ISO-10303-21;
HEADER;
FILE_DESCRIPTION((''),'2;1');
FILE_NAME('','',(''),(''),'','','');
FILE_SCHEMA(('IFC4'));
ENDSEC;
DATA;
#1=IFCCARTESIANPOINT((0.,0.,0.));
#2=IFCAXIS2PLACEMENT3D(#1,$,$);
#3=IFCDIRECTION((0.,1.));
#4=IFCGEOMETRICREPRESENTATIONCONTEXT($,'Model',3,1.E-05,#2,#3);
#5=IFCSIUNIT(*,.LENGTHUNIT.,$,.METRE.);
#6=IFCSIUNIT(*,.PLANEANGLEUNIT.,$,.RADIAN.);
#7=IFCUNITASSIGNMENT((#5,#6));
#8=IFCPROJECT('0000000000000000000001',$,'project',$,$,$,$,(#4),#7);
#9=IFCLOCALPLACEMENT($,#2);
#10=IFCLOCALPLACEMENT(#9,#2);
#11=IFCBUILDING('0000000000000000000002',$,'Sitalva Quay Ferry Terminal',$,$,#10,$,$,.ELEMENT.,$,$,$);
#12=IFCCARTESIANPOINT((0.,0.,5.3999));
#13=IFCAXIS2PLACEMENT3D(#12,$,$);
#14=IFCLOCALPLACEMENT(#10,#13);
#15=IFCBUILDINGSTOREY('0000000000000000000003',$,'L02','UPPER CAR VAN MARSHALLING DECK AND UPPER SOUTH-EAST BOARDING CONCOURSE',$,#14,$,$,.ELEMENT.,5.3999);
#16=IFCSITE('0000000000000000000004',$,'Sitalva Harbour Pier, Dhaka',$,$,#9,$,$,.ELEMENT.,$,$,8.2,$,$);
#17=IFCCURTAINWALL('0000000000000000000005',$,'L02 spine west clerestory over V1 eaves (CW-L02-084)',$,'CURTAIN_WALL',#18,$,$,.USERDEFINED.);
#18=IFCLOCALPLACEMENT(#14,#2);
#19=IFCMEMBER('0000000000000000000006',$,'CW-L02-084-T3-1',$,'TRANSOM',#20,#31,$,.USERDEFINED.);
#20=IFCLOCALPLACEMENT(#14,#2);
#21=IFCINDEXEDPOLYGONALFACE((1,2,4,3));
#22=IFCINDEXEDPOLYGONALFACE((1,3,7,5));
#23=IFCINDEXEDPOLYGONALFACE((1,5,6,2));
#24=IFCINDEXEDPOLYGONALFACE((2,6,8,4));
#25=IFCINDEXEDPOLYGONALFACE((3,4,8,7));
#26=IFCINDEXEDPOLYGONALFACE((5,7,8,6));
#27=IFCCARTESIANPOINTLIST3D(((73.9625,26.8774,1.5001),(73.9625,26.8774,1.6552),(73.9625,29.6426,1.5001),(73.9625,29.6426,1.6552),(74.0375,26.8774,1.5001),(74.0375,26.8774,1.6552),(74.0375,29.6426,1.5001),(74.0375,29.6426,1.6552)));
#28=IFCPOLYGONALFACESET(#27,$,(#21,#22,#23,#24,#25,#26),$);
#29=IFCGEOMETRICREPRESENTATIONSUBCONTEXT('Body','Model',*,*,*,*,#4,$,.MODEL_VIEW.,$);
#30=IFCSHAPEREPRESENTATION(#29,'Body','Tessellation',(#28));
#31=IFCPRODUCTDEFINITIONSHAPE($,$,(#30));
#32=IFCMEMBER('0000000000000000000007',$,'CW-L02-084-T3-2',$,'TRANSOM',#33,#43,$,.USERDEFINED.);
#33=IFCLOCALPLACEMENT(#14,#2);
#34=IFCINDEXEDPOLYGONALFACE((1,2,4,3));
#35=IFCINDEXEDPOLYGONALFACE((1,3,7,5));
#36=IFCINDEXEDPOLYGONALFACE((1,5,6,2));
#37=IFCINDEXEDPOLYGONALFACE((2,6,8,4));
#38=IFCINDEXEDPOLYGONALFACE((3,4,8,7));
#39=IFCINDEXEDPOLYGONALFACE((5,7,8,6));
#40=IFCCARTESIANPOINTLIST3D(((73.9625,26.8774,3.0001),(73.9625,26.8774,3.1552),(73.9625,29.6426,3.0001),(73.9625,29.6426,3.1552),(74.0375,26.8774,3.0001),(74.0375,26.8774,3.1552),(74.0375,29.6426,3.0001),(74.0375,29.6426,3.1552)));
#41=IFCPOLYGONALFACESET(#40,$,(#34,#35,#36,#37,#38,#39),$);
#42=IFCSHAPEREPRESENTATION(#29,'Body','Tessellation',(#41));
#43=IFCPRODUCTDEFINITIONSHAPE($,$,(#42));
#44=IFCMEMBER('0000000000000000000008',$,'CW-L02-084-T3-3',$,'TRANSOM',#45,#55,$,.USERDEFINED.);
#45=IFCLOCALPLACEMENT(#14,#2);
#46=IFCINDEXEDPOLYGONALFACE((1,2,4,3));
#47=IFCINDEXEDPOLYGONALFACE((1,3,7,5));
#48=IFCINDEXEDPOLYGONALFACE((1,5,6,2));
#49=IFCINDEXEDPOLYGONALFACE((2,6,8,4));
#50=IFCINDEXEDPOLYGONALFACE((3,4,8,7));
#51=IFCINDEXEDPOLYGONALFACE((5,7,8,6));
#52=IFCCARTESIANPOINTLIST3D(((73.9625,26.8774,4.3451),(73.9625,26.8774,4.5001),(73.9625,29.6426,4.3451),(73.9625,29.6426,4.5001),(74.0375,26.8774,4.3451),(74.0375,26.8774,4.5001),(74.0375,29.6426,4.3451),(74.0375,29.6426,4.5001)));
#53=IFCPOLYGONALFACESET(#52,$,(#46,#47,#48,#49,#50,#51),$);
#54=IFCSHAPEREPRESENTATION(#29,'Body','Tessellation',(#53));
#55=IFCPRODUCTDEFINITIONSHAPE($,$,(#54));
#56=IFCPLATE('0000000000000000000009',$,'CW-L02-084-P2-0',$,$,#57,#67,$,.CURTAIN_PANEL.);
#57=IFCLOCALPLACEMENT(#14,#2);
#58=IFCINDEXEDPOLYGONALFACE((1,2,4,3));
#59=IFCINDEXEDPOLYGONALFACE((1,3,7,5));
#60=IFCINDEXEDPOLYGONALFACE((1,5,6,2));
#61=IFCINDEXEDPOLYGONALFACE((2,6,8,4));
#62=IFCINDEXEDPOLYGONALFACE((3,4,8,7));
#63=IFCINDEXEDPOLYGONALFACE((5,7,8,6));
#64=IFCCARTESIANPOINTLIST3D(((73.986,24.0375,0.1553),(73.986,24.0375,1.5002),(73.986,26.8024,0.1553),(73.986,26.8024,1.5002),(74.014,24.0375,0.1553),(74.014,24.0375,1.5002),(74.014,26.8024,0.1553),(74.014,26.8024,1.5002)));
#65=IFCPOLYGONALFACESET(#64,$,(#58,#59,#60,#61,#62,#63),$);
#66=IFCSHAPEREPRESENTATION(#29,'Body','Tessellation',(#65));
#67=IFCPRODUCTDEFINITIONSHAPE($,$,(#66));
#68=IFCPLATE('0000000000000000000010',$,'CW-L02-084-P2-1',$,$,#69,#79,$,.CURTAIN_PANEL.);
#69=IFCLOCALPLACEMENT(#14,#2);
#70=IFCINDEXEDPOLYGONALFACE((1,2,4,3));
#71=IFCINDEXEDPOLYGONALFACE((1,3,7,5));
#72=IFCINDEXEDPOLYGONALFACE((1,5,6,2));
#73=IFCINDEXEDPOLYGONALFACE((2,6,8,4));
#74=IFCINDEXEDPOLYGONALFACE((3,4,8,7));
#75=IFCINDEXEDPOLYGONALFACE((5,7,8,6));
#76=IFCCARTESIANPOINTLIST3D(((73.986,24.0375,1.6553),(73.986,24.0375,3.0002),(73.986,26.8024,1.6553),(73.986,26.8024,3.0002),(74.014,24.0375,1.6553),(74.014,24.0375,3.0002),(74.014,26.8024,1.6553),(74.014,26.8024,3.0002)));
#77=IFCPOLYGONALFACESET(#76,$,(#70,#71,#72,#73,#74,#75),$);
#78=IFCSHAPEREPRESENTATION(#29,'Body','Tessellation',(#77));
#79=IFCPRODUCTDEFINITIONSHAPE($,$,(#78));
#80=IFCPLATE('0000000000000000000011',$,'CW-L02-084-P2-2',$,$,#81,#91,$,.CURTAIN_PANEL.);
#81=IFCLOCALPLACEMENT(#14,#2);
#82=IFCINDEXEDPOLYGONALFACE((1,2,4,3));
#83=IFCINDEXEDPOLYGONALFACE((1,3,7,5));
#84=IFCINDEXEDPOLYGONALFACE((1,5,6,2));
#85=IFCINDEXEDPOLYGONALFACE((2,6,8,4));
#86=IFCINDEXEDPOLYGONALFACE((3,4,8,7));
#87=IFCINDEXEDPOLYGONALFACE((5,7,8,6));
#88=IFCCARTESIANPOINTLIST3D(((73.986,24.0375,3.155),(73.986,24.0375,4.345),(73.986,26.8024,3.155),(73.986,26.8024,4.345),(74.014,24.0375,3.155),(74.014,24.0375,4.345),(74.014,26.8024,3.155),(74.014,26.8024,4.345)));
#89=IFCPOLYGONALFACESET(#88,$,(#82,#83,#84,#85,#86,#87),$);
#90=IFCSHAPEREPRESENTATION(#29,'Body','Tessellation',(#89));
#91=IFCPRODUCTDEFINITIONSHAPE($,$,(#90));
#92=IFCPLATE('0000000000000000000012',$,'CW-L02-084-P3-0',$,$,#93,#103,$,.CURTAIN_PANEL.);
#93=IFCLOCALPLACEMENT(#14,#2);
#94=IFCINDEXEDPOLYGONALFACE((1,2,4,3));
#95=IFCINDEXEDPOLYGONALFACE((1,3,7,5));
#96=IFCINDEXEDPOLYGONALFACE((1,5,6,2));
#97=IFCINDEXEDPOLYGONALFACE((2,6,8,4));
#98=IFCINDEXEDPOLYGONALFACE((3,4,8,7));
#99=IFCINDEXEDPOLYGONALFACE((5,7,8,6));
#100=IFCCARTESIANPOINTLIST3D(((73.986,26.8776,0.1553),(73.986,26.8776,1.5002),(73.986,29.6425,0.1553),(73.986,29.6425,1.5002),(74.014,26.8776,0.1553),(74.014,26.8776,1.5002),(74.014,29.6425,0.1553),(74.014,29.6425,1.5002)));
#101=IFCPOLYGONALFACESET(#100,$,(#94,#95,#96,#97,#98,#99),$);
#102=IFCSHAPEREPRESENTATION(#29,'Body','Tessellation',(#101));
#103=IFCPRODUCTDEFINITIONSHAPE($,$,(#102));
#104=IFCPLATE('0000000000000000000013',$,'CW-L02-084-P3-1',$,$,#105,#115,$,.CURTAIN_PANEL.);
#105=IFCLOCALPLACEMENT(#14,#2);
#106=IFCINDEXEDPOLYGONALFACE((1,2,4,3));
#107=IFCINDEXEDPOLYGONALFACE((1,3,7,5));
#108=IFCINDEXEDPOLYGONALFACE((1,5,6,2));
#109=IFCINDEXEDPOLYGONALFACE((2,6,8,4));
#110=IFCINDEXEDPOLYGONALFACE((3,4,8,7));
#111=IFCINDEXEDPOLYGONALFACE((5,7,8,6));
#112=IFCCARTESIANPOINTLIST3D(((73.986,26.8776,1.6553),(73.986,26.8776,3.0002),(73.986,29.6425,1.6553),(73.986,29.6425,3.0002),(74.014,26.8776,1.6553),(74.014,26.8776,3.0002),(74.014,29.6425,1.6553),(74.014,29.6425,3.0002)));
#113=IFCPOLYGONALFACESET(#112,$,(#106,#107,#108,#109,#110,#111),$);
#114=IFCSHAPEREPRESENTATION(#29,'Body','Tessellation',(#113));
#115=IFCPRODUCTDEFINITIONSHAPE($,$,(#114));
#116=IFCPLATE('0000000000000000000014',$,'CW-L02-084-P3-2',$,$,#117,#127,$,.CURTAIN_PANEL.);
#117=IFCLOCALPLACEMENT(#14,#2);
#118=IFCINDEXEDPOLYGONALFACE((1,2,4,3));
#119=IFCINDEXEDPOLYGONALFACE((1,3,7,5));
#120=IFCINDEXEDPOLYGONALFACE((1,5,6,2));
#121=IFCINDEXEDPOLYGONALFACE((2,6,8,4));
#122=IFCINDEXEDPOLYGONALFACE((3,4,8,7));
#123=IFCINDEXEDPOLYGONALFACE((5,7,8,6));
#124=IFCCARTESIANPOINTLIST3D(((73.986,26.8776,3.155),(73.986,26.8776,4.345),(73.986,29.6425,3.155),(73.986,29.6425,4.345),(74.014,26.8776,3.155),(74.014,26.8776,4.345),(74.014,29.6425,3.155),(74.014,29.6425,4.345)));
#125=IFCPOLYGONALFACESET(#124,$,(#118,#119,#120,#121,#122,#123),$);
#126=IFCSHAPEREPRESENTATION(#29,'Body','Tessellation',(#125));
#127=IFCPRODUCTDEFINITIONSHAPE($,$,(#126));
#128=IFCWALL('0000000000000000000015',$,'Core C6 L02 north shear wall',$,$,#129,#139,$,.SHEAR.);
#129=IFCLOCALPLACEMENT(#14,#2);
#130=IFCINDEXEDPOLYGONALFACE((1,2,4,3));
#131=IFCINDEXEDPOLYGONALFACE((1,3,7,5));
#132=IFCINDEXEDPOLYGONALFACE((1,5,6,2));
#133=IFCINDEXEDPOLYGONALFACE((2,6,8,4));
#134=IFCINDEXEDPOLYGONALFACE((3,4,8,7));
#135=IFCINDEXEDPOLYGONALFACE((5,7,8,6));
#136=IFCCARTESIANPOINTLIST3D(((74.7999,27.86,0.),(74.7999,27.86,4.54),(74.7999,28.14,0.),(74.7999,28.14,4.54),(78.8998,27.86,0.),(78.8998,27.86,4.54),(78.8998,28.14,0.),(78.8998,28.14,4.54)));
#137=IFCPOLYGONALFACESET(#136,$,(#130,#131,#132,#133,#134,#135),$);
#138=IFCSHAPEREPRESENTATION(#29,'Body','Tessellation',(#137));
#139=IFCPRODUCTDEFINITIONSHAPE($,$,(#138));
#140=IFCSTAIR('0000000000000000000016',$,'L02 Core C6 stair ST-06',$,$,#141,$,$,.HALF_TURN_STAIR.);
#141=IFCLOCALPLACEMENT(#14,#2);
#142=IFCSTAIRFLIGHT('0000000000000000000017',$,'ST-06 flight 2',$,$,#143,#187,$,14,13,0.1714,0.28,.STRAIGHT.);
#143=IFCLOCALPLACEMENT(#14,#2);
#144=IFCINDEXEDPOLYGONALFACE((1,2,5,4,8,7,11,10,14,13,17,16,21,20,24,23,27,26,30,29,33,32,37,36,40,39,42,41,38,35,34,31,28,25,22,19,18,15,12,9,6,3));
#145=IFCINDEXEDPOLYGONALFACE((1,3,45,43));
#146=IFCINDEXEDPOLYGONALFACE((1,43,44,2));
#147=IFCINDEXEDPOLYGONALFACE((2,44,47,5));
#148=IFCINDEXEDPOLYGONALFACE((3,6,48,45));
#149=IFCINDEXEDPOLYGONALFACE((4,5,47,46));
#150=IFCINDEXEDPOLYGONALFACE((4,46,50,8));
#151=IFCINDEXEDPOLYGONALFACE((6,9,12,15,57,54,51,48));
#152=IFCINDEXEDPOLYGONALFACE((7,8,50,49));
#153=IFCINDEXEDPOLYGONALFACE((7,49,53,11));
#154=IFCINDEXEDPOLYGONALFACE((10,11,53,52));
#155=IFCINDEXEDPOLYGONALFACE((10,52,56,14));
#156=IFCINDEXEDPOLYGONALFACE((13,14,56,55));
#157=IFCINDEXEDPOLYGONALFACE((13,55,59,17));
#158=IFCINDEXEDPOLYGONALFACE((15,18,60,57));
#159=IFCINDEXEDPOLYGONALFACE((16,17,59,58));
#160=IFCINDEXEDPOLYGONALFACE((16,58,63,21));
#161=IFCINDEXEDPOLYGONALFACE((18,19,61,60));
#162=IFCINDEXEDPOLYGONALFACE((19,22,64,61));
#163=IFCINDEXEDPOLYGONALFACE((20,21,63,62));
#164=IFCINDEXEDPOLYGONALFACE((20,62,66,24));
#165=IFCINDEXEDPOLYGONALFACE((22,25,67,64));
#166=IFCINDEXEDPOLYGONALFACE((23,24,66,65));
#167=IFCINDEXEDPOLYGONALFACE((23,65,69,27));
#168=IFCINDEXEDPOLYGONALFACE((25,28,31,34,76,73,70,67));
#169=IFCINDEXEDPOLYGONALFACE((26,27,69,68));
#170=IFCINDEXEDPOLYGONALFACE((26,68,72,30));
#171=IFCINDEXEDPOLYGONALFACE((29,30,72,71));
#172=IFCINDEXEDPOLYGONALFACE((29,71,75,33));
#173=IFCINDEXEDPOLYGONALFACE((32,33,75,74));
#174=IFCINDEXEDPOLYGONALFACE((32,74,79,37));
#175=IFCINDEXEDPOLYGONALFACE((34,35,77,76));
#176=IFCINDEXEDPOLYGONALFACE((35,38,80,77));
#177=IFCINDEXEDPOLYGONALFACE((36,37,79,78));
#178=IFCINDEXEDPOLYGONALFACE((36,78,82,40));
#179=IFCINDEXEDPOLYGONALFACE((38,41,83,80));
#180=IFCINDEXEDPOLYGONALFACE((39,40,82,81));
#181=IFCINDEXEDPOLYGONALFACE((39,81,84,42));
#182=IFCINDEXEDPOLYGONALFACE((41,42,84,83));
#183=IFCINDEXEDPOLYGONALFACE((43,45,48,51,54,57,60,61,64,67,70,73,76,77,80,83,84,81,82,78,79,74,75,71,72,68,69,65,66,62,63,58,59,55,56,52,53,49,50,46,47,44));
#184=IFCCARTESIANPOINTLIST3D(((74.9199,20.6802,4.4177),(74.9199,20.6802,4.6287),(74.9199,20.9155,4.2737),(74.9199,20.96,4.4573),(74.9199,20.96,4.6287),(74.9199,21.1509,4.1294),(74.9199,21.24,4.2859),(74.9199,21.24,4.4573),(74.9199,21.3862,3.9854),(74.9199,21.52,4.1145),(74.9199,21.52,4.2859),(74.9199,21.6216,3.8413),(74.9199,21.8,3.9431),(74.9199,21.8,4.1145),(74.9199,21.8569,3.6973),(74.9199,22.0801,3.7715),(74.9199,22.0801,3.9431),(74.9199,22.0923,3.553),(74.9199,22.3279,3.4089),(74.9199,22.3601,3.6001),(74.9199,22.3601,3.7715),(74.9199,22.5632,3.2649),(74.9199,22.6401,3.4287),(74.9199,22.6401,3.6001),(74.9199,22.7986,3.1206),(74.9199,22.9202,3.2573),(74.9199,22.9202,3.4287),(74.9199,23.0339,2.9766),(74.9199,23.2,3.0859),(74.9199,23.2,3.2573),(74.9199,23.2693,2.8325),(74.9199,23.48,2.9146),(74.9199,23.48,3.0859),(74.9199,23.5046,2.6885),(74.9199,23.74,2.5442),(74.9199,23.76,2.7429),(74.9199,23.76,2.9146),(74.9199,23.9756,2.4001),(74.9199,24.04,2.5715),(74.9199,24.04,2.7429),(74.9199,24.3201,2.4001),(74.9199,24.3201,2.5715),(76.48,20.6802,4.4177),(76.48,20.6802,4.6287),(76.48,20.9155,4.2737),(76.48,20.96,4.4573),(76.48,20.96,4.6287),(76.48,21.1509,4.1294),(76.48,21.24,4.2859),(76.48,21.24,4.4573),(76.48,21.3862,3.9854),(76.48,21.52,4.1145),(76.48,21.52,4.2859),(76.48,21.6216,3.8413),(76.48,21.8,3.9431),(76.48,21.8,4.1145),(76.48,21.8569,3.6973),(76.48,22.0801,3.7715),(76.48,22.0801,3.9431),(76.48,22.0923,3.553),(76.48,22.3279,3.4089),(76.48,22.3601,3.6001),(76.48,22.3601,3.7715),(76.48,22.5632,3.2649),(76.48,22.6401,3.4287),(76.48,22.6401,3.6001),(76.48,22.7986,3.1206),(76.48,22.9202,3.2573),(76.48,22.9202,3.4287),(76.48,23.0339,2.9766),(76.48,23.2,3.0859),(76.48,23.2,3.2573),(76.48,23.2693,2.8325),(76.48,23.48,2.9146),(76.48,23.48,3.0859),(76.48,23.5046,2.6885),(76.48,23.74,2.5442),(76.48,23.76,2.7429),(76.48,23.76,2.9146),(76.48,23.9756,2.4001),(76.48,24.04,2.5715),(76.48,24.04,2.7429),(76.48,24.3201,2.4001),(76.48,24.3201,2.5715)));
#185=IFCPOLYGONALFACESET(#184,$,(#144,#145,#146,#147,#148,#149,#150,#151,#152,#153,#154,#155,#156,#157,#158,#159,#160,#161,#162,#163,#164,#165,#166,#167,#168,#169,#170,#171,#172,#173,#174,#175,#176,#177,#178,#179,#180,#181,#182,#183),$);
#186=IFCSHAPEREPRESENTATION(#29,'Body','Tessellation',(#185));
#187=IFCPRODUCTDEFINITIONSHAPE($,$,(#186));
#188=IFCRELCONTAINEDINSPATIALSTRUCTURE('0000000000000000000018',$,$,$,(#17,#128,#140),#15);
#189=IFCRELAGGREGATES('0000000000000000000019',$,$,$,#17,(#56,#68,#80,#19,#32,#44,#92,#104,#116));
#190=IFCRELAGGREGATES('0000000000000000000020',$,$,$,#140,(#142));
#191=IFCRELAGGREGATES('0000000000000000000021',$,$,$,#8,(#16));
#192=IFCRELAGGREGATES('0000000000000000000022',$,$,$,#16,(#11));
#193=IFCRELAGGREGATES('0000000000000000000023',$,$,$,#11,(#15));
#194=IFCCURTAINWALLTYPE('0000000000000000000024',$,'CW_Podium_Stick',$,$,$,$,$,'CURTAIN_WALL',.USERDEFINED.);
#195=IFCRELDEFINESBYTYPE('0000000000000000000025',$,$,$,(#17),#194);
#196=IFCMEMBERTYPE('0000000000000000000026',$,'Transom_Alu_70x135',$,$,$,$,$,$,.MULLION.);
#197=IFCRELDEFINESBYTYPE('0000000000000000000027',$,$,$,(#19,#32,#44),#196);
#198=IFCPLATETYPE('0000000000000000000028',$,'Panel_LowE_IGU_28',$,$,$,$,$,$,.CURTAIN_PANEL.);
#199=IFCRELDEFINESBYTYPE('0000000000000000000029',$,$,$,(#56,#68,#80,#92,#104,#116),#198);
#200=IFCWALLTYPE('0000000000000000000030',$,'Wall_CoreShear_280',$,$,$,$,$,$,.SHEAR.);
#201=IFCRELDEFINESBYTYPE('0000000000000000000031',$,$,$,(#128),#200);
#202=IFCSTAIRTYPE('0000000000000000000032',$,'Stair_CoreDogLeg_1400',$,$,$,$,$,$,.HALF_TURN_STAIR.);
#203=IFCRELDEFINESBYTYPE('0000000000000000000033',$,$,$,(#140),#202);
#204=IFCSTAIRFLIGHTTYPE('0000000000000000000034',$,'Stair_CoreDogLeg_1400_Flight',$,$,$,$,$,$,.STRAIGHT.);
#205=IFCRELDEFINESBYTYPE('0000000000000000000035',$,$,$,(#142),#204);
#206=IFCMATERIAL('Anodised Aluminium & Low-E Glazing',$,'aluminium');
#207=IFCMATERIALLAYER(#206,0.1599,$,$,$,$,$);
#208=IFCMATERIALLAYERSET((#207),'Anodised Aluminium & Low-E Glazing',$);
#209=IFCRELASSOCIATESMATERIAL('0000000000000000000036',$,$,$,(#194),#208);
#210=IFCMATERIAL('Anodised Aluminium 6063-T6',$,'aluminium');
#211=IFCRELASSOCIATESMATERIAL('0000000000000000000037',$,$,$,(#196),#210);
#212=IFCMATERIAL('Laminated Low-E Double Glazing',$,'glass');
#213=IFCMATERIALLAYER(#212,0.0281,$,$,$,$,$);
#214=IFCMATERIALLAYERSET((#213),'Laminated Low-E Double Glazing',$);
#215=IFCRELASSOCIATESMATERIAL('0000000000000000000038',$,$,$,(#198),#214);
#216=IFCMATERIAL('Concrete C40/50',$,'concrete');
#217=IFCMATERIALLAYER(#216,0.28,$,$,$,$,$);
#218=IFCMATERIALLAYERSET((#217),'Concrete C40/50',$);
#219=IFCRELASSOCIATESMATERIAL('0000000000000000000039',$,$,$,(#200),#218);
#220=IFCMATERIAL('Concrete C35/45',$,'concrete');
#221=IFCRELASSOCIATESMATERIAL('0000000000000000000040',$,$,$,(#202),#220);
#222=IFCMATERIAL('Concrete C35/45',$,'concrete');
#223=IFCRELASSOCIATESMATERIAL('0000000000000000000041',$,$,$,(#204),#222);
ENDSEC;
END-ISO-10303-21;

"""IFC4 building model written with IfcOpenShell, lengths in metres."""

from ifc_helpers import new_model, si_unit, direction, frame, frame_2d, origin, origin_2d, place, context, subcontext, project, spatial, polyline, rectangle, outline, extrude, material, layer, layer_set, material_profile, profile_set, type_object, element, aggregate, save


model = new_model("IFC4")

# Units and contexts
model_context = context("Model", 3, precision=1e-05, world=origin(), true_north=direction((0.0, 1.0)))
body_context = subcontext(model_context, "Body", "Model", "MODEL_VIEW")
ifc_project = project(units=[si_unit("LENGTHUNIT", "METRE"), si_unit("PLANEANGLEUNIT", "RADIAN")], contexts=[model_context])

# Site, building, storey
site_placement = place(None, origin())
site = spatial("IfcSite", under=ifc_project, at=site_placement, Name="Sitalva Harbour Pier, Dhaka", CompositionType="ELEMENT", RefElevation=8.2)
building_placement = place(site_placement, origin())
building = spatial("IfcBuilding", under=site, at=building_placement, Name="Sitalva Quay Ferry Terminal", CompositionType="ELEMENT")
storey_placement = place(building_placement, frame((0.0, 0.0, 5.3999)))
storey = spatial("IfcBuildingStorey", under=building, at=storey_placement, Name="L02", Description="UPPER CAR VAN MARSHALLING DECK AND UPPER SOUTH-EAST BOARDING CONCOURSE", CompositionType="ELEMENT", Elevation=5.3999)

# Shared definitions
ifc_material_1 = material(Name="Anodised Aluminium & Low-E Glazing", Category="aluminium")
ifc_layer_1 = layer(ifc_material_1, 0.1599)
ifc_layer_set_1 = layer_set([ifc_layer_1], Name="Anodised Aluminium & Low-E Glazing")
curtain_wall_type = type_object("IfcCurtainWallType", Name="CW_Podium_Stick", ElementType="CURTAIN_WALL", PredefinedType="USERDEFINED", material=ifc_layer_set_1)

# Curtain wall
curtain_wall_1_placement = place(storey_placement, origin())
curtain_wall_1 = element("IfcCurtainWall", 1, at=curtain_wall_1_placement, inside=storey, type_object=curtain_wall_type, Name="L02 spine west clerestory over V1 eaves (CW-L02-084)", ObjectType="CURTAIN_WALL", PredefinedType="USERDEFINED")

# Members
ifc_material_2 = material(Name="Anodised Aluminium 6063-T6", Category="aluminium")
ifc_material_profile_1 = material_profile(ifc_material_2, rectangle(XDim=0.075, YDim=0.155, at=origin_2d()), Name="ALU75x155")
ifc_profile_set_1 = profile_set([ifc_material_profile_1], Name="Anodised Aluminium 6063-T6")
member_type_1 = type_object("IfcMemberType", Name="Transom_Alu_70x135", PredefinedType="MULLION", material=ifc_profile_set_1)
member_1_placement = place(storey_placement, frame((74.0, 26.8774, 1.5776), z_axis=(0.0, 1.0, 0.0), x_axis=(-1.0, 0.0, 0.0)))
member_1 = element("IfcMember", 2, at=member_1_placement, type_object=member_type_1, Name="CW-L02-084-T3-1", ObjectType="TRANSOM", PredefinedType="USERDEFINED", context=body_context, shape_type="SweptSolid", body=[
    extrude(rectangle(XDim=0.075, YDim=0.155, at=origin_2d()), origin(), (0.0, 0.0, 1.0), 2.7651),
])
member_2_placement = place(storey_placement, frame((74.0, 26.8774, 3.0776), z_axis=(0.0, 1.0, 0.0), x_axis=(-1.0, 0.0, 0.0)))
member_2 = element("IfcMember", 3, at=member_2_placement, type_object=member_type_1, Name="CW-L02-084-T3-2", ObjectType="TRANSOM", PredefinedType="USERDEFINED", context=body_context, shape_type="SweptSolid", body=[
    extrude(rectangle(XDim=0.075, YDim=0.155, at=origin_2d()), origin(), (0.0, 0.0, 1.0), 2.7651),
])
member_3_placement = place(storey_placement, frame((74.0, 26.8774, 4.4226), z_axis=(0.0, 1.0, 0.0), x_axis=(-1.0, 0.0, 0.0)))
member_3 = element("IfcMember", 4, at=member_3_placement, type_object=member_type_1, Name="CW-L02-084-T3-3", ObjectType="TRANSOM", PredefinedType="USERDEFINED", context=body_context, shape_type="SweptSolid", body=[
    extrude(rectangle(XDim=0.075, YDim=0.155, at=origin_2d()), origin(), (0.0, 0.0, 1.0), 2.7651),
])

# Plates
ifc_material_3 = material(Name="Laminated Low-E Double Glazing", Category="glass")
ifc_layer_2 = layer(ifc_material_3, 0.0281)
ifc_layer_set_2 = layer_set([ifc_layer_2], Name="Laminated Low-E Double Glazing")
plate_type = type_object("IfcPlateType", Name="Panel_LowE_IGU_28", PredefinedType="CURTAIN_PANEL", material=ifc_layer_set_2)
plate_1_placement = place(storey_placement, frame((74.0, 25.4199, 0.1553), z_axis=(0.0, 0.0, 1.0), x_axis=(0.0, 1.0, 0.0)))
plate_1 = element("IfcPlate", 5, at=plate_1_placement, type_object=plate_type, Name="CW-L02-084-P2-0", PredefinedType="CURTAIN_PANEL", context=body_context, shape_type="SweptSolid", body=[
    extrude(rectangle(XDim=2.7649, YDim=0.0281, at=origin_2d()), origin(), (0.0, 0.0, 1.0), 1.345),
])
plate_2_placement = place(storey_placement, frame((74.0, 25.4199, 1.6553), z_axis=(0.0, 0.0, 1.0), x_axis=(0.0, 1.0, 0.0)))
plate_2 = element("IfcPlate", 6, at=plate_2_placement, type_object=plate_type, Name="CW-L02-084-P2-1", PredefinedType="CURTAIN_PANEL", context=body_context, shape_type="SweptSolid", body=[
    extrude(rectangle(XDim=2.7649, YDim=0.0281, at=origin_2d()), origin(), (0.0, 0.0, 1.0), 1.345),
])
plate_3_placement = place(storey_placement, frame((74.0, 25.4199, 3.155), z_axis=(0.0, 0.0, 1.0), x_axis=(0.0, 1.0, 0.0)))
plate_3 = element("IfcPlate", 7, at=plate_3_placement, type_object=plate_type, Name="CW-L02-084-P2-2", PredefinedType="CURTAIN_PANEL", context=body_context, shape_type="SweptSolid", body=[
    extrude(rectangle(XDim=2.7649, YDim=0.0281, at=origin_2d()), origin(), (0.0, 0.0, 1.0), 1.1899),
])
plate_4_placement = place(storey_placement, frame((74.0, 28.26, 0.1553), z_axis=(0.0, 0.0, 1.0), x_axis=(0.0, 1.0, 0.0)))
plate_4 = element("IfcPlate", 8, at=plate_4_placement, type_object=plate_type, Name="CW-L02-084-P3-0", PredefinedType="CURTAIN_PANEL", context=body_context, shape_type="SweptSolid", body=[
    extrude(rectangle(XDim=2.7649, YDim=0.0281, at=origin_2d()), origin(), (0.0, 0.0, 1.0), 1.345),
])
plate_5_placement = place(storey_placement, frame((74.0, 28.26, 1.6553), z_axis=(0.0, 0.0, 1.0), x_axis=(0.0, 1.0, 0.0)))
plate_5 = element("IfcPlate", 9, at=plate_5_placement, type_object=plate_type, Name="CW-L02-084-P3-1", PredefinedType="CURTAIN_PANEL", context=body_context, shape_type="SweptSolid", body=[
    extrude(rectangle(XDim=2.7649, YDim=0.0281, at=origin_2d()), origin(), (0.0, 0.0, 1.0), 1.345),
])
plate_6_placement = place(storey_placement, frame((74.0, 28.26, 3.155), z_axis=(0.0, 0.0, 1.0), x_axis=(0.0, 1.0, 0.0)))
plate_6 = element("IfcPlate", 10, at=plate_6_placement, type_object=plate_type, Name="CW-L02-084-P3-2", PredefinedType="CURTAIN_PANEL", context=body_context, shape_type="SweptSolid", body=[
    extrude(rectangle(XDim=2.7649, YDim=0.0281, at=origin_2d()), origin(), (0.0, 0.0, 1.0), 1.1899),
])
aggregate(curtain_wall_1, [plate_1, plate_2, plate_3, member_1, member_2, member_3, plate_4, plate_5, plate_6])

# Wall
ifc_material_4 = material(Name="Concrete C40/50", Category="concrete")
ifc_layer_3 = layer(ifc_material_4, 0.28)
ifc_layer_set_3 = layer_set([ifc_layer_3], Name="Concrete C40/50")
wall_type = type_object("IfcWallType", Name="Wall_CoreShear_280", PredefinedType="SHEAR", material=ifc_layer_set_3)
wall_placement = place(storey_placement, frame((74.8, 28.0, 0.0), z_axis=(0.0, 0.0, 1.0), x_axis=(1.0, 0.0, 0.0)))
element("IfcWall", 11, at=wall_placement, inside=storey, type_object=wall_type, Name="Core C6 L02 north shear wall", PredefinedType="SHEAR", context=body_context, shape_type="SweptSolid", body=[
    extrude(rectangle(XDim=4.0999, YDim=0.28, at=frame_2d((2.0498, 0.0))), origin(), (0.0, 0.0, 1.0), 4.54),
])

# Stair, stair flight
ifc_material_5 = material(Name="Concrete C35/45", Category="concrete")
stair_type = type_object("IfcStairType", Name="Stair_CoreDogLeg_1400", PredefinedType="HALF_TURN_STAIR", material=ifc_material_5)
stair_placement = place(storey_placement, origin())
stair = element("IfcStair", 12, at=stair_placement, inside=storey, type_object=stair_type, Name="L02 Core C6 stair ST-06", PredefinedType="HALF_TURN_STAIR")
ifc_material_6 = material(Name="Concrete C35/45", Category="concrete")
stair_flight_type = type_object("IfcStairFlightType", Name="Stair_CoreDogLeg_1400_Flight", PredefinedType="STRAIGHT", material=ifc_material_6)
stair_flight_placement = place(storey_placement, frame((75.7, 24.3201, 2.4001), z_axis=(0.0, 0.0, 1.0), x_axis=(0.0, -1.0, 0.0)))
stair_flight = element("IfcStairFlight", 13, at=stair_flight_placement, type_object=stair_flight_type, Name="ST-06 flight 2", NumberOfRisers=14, NumberOfTreads=13, PredefinedType="STRAIGHT", RiserHeight=0.1714, TreadLength=0.28, context=body_context, shape_type="SweptSolid", body=[
    extrude(outline(polyline([(0.0, 0.0), (0.0, 0.1714), (0.28, 0.1714), (0.28, 0.3428), (0.5601, 0.3428), (0.5601, 0.5144), (0.8401, 0.5144), (0.8401, 0.6858), (1.1201, 0.6858), (1.1201, 0.8572), (1.3999, 0.8572), (1.3999, 1.0286), (1.6799, 1.0286), (1.6799, 1.2), (1.96, 1.2), (1.96, 1.3713), (2.24, 1.3713), (2.24, 1.543), (2.52, 1.543), (2.52, 1.7144), (2.8, 1.7144), (2.8, 1.8857), (3.0801, 1.8857), (3.0801, 2.0571), (3.3601, 2.0571), (3.3601, 2.2285), (3.6399, 2.2285), (3.6399, 2.3999), (3.6399, 2.0176), (3.4045, 1.8735), (3.1692, 1.7292), (2.9338, 1.5852), (2.6985, 1.4412), (2.4631, 1.2971), (2.2278, 1.1528), (1.9922, 1.0088), (1.7568, 0.8647), (1.5215, 0.7205), (1.2861, 0.5764), (1.0508, 0.4324), (0.8154, 0.2883), (0.5801, 0.144), (0.3445, 0.0), (0.0, 0.0)])), frame((0.0, 0.78, 0.0), z_axis=(0.0, -1.0, 0.0), x_axis=(1.0, 0.0, 0.0)), (0.0, 0.0, 1.0), 1.5601),
])
aggregate(stair, [stair_flight])

save(model, "model.ifc")
